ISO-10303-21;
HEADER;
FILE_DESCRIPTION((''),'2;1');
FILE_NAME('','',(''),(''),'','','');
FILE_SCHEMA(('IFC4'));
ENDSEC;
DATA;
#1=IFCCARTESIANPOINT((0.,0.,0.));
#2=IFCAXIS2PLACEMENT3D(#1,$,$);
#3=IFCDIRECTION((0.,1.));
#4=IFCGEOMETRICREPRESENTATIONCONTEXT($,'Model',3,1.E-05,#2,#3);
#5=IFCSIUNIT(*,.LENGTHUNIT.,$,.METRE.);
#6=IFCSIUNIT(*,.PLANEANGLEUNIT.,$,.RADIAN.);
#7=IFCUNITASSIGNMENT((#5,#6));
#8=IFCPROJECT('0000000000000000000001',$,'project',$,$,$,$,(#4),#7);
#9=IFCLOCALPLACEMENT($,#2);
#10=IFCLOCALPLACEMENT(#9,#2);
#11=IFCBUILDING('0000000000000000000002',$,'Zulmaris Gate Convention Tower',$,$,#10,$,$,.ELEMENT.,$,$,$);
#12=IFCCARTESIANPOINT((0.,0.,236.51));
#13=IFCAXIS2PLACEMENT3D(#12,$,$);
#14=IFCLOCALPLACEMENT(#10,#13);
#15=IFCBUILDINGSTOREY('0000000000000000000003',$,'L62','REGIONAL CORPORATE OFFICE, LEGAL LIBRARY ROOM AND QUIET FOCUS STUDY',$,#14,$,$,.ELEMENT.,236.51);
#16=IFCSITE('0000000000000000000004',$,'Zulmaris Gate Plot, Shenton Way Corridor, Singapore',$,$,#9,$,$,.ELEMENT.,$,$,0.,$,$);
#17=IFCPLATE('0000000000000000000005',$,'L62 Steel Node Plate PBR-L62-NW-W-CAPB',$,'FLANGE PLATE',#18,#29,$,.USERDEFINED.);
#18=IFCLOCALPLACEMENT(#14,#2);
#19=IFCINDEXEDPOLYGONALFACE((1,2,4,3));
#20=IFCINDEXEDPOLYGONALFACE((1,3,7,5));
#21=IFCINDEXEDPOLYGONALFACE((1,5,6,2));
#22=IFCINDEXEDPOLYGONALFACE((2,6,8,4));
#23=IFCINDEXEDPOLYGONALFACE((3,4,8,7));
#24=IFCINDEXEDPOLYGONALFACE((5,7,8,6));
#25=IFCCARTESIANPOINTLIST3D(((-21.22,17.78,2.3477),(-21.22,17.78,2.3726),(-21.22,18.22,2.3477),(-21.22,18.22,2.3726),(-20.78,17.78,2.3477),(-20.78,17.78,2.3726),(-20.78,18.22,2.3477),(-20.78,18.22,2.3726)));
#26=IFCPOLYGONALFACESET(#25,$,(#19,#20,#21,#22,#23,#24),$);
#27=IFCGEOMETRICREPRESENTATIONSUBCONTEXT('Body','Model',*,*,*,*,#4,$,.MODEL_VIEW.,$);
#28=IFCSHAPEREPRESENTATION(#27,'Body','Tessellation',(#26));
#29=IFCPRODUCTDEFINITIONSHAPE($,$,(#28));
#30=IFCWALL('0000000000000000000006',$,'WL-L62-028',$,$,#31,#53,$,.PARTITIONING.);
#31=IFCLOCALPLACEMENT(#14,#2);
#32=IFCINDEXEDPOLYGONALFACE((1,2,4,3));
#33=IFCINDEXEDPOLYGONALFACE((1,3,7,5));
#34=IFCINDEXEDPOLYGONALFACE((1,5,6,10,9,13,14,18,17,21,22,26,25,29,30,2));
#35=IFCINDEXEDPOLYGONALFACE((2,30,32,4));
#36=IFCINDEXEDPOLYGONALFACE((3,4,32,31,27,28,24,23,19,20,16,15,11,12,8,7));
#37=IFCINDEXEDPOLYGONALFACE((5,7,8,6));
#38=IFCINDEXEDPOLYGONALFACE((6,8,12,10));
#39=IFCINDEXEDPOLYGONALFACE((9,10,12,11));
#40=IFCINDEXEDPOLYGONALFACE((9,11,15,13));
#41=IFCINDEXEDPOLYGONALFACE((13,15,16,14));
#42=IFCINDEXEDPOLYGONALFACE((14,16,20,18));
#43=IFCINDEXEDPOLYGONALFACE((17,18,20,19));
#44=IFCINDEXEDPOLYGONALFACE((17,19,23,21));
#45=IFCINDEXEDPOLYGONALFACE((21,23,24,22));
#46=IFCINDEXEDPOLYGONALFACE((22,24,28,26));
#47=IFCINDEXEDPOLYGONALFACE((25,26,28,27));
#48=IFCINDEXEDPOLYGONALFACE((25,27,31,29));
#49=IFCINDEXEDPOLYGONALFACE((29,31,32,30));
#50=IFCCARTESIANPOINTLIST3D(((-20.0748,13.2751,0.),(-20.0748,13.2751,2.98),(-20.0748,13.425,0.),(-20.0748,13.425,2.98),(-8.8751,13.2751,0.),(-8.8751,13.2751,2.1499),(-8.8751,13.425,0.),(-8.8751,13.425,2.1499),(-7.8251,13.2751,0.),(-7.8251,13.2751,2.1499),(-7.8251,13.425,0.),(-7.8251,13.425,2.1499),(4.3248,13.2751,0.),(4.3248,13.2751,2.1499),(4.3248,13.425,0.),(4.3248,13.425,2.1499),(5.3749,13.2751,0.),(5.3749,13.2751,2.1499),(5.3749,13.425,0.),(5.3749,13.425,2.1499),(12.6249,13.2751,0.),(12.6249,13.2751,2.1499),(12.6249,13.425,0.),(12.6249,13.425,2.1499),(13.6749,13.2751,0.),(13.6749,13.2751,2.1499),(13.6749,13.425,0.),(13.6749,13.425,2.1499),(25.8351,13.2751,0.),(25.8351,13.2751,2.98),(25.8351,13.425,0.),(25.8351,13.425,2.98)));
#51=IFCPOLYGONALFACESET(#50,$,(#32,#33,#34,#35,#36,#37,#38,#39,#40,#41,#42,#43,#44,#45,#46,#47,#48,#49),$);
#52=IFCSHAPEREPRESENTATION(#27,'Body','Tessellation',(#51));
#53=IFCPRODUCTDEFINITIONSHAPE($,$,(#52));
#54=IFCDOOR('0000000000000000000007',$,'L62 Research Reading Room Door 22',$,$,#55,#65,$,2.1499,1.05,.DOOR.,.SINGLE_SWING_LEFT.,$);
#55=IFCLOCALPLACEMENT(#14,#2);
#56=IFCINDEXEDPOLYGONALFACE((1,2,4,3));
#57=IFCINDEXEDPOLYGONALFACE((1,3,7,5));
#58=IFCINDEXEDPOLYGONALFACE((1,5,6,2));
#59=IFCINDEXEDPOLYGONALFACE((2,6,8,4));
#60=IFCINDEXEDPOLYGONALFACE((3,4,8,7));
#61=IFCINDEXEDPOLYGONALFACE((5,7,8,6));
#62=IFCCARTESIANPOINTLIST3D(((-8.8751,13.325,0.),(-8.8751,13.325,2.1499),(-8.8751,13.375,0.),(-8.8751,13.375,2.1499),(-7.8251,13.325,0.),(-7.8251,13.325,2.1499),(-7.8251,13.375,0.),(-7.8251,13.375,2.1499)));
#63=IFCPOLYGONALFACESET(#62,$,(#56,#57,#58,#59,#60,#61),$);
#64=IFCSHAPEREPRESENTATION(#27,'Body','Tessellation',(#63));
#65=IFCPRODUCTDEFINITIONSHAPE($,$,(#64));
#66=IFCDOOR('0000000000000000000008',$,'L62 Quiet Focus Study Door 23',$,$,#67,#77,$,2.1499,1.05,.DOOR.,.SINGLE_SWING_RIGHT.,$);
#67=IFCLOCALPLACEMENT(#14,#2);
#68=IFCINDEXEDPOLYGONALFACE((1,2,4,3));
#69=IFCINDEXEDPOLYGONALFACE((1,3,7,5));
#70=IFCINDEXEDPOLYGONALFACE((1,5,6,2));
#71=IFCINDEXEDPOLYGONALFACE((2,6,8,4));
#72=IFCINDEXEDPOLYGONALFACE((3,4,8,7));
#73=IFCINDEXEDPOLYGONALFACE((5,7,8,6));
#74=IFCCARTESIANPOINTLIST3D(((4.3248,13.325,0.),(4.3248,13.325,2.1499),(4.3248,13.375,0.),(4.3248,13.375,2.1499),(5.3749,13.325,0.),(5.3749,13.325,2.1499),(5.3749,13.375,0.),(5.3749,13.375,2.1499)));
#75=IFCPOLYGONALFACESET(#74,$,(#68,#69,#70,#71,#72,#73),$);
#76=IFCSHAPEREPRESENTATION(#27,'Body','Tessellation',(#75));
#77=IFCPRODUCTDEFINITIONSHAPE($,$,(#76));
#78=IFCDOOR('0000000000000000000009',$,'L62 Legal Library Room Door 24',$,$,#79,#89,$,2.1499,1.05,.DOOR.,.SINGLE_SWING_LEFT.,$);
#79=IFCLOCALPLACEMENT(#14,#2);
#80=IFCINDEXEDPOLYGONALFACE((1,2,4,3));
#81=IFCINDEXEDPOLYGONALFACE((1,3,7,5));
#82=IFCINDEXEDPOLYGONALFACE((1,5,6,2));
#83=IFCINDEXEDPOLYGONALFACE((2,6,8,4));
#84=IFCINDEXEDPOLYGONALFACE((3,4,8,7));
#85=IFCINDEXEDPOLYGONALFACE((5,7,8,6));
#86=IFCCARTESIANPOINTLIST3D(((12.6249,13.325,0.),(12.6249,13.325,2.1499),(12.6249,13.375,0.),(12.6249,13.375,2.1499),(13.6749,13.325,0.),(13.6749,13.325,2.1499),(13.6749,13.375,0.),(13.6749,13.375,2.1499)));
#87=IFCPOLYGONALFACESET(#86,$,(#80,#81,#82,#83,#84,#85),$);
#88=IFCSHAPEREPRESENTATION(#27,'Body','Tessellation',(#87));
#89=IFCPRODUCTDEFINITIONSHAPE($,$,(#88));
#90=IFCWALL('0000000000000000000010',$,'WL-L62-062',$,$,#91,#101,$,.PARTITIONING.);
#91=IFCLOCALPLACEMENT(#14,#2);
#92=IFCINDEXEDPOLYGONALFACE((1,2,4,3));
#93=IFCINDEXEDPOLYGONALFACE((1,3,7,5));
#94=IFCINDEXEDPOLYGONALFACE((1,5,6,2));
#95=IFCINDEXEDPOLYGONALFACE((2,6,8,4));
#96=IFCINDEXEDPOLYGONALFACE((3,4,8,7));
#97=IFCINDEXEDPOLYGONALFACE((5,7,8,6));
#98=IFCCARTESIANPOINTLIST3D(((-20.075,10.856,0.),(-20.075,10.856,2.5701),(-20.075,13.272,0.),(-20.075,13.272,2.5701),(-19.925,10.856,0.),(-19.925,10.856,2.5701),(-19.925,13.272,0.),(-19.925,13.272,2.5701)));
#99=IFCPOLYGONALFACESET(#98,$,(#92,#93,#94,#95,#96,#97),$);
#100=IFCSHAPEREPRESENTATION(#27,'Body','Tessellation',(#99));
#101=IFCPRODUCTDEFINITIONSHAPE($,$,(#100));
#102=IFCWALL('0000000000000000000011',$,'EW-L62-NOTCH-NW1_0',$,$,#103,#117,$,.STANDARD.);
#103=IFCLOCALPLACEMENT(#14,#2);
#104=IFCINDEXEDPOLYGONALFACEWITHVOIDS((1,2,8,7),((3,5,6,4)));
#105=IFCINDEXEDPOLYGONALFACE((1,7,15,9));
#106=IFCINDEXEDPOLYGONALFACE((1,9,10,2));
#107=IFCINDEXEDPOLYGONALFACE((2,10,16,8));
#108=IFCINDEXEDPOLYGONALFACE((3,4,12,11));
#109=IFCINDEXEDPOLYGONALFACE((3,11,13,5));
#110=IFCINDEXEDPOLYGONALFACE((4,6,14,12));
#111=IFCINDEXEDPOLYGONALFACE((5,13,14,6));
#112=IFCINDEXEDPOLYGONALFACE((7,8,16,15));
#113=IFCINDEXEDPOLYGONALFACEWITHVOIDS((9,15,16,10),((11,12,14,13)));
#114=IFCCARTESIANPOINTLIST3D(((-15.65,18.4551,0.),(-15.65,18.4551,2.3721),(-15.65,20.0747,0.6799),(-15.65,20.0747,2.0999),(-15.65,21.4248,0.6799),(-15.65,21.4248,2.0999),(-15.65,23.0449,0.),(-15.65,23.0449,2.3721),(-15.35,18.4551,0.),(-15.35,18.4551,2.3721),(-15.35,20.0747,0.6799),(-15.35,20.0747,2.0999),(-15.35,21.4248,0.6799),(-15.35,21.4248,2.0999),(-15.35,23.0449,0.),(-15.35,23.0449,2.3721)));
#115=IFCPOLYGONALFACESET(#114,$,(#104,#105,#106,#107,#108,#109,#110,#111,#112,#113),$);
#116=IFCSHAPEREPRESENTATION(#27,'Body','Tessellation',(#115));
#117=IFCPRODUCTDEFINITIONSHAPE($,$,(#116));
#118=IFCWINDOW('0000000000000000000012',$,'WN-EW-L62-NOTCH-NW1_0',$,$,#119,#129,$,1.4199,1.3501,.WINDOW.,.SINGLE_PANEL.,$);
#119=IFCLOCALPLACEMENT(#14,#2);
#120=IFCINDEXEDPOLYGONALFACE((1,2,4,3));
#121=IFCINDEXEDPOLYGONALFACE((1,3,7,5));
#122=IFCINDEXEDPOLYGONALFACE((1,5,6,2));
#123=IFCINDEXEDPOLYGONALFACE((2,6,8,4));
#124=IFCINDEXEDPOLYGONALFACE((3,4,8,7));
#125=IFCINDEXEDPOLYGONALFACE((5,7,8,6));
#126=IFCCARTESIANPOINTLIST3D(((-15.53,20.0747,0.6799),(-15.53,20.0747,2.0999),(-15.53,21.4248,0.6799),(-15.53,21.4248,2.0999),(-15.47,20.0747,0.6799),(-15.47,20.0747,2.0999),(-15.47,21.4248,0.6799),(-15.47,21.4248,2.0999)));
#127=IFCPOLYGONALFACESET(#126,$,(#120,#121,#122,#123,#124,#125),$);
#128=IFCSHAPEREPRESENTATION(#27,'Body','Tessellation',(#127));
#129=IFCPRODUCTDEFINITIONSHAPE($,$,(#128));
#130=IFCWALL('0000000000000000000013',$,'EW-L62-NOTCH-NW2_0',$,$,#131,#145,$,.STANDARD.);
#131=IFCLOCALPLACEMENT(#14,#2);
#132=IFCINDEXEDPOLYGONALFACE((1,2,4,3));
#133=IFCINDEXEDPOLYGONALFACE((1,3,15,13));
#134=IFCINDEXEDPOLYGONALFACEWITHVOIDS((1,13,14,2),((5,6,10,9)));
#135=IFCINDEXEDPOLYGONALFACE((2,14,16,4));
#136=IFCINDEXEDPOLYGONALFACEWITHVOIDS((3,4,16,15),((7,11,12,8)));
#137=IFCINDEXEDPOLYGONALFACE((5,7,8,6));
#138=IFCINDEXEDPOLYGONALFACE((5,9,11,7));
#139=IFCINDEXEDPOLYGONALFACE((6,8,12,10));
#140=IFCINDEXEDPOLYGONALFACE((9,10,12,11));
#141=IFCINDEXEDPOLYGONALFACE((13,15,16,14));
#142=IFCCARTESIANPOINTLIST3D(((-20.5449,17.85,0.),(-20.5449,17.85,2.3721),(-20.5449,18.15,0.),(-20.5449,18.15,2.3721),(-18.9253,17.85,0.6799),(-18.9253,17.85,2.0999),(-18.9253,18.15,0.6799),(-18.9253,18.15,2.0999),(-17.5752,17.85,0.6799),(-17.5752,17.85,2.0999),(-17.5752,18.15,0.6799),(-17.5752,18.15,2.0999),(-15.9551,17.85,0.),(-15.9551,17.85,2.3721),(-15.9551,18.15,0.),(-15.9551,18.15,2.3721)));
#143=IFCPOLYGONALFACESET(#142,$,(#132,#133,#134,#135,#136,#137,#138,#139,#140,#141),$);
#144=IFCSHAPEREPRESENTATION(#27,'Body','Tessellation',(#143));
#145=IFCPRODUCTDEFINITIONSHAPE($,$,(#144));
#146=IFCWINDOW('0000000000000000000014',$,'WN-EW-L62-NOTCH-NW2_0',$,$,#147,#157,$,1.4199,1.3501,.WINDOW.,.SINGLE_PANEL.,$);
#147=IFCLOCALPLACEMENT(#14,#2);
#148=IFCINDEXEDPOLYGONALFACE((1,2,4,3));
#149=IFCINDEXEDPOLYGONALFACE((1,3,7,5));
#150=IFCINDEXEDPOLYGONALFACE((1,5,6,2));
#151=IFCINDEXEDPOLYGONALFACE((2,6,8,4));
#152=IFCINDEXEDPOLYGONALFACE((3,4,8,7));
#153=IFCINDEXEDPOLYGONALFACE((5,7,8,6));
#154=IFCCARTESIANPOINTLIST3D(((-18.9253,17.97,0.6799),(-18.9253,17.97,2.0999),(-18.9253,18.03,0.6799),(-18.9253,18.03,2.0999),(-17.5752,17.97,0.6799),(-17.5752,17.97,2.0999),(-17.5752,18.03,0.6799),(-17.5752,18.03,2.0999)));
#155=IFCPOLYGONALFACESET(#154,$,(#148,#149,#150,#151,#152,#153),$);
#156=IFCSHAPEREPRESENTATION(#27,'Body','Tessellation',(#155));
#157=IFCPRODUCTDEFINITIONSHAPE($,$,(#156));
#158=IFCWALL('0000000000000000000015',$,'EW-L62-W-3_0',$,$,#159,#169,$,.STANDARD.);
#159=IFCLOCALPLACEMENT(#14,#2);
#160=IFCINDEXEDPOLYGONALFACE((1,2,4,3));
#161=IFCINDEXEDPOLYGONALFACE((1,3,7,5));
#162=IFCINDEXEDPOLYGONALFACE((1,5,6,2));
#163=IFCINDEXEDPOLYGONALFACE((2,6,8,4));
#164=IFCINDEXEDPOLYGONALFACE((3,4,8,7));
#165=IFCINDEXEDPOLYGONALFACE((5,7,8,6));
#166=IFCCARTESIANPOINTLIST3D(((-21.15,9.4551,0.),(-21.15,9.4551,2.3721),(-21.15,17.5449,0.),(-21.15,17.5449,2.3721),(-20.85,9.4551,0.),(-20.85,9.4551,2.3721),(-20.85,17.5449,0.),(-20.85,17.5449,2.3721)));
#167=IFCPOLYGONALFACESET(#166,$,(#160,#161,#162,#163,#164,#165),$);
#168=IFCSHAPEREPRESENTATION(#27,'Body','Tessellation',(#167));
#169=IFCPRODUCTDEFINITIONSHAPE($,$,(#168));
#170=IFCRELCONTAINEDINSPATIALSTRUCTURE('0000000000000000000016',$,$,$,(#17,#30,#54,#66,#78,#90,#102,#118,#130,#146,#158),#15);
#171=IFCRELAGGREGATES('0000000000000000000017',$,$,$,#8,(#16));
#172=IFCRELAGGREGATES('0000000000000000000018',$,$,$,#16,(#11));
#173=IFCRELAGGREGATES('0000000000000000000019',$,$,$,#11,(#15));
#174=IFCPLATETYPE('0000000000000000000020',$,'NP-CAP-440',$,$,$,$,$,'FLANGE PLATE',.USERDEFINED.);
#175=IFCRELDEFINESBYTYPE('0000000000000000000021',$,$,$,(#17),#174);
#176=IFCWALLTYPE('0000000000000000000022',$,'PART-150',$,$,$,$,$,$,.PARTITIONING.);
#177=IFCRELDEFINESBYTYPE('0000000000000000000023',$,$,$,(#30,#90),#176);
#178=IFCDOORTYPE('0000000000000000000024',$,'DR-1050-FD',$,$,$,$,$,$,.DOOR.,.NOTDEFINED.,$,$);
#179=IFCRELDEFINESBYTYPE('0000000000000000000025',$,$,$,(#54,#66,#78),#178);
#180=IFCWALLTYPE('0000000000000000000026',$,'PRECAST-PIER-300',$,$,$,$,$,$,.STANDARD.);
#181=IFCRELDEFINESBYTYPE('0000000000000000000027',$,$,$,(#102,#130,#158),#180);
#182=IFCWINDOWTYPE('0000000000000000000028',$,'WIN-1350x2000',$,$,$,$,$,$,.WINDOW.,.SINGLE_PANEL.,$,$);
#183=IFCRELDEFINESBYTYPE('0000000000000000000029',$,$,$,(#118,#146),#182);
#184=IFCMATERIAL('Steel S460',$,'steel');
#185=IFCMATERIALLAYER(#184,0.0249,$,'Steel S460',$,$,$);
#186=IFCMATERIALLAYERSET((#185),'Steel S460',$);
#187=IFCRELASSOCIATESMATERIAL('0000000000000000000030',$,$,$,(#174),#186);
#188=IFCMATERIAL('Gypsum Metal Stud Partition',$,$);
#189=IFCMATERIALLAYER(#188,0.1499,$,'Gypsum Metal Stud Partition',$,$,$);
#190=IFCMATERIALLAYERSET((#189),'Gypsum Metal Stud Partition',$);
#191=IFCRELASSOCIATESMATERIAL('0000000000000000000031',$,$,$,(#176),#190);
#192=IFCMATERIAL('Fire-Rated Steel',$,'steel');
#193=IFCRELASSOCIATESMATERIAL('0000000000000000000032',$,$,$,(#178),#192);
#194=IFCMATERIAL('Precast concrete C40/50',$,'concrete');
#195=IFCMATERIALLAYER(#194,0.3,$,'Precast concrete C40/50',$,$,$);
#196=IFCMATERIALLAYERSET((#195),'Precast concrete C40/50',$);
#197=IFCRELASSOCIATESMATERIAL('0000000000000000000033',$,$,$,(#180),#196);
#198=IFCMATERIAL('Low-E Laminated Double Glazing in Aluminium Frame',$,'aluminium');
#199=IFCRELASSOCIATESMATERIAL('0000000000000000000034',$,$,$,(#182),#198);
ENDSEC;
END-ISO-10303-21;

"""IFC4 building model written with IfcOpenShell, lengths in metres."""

from ifc_helpers import new_model, si_unit, direction, frame, frame_2d, origin, origin_2d, place, context, subcontext, project, spatial, rectangle, extrude, material, layer, layer_set, type_object, element, fill, save


model = new_model("IFC4")

# Units and contexts
model_context = context("Model", 3, precision=1e-05, world=origin(), true_north=direction((0.0, 1.0)))
body_context = subcontext(model_context, "Body", "Model", "MODEL_VIEW")
ifc_project = project(units=[si_unit("LENGTHUNIT", "METRE"), si_unit("PLANEANGLEUNIT", "RADIAN")], contexts=[model_context])

# Site, building, storey
site_placement = place(None, origin())
site = spatial("IfcSite", under=ifc_project, at=site_placement, Name="Zulmaris Gate Plot, Shenton Way Corridor, Singapore", CompositionType="ELEMENT", RefElevation=0.0)
building_placement = place(site_placement, origin())
building = spatial("IfcBuilding", under=site, at=building_placement, Name="Zulmaris Gate Convention Tower", CompositionType="ELEMENT")
storey_placement = place(building_placement, frame((0.0, 0.0, 236.51)))
storey = spatial("IfcBuildingStorey", under=building, at=storey_placement, Name="L62", Description="REGIONAL CORPORATE OFFICE, LEGAL LIBRARY ROOM AND QUIET FOCUS STUDY", CompositionType="ELEMENT", Elevation=236.51)

# Plate
ifc_material_1 = material(Name="Steel S460", Category="steel")
ifc_layer_1 = layer(ifc_material_1, 0.0249, Name="Steel S460")
ifc_layer_set_1 = layer_set([ifc_layer_1], Name="Steel S460")
plate_type = type_object("IfcPlateType", Name="NP-CAP-440", ElementType="FLANGE PLATE", PredefinedType="USERDEFINED", material=ifc_layer_set_1)
plate_placement = place(storey_placement, frame((-21.0, 18.0, 2.3477), z_axis=(0.0, 0.0, 1.0), x_axis=(1.0, 0.0, 0.0)))
element("IfcPlate", 1, at=plate_placement, inside=storey, type_object=plate_type, Name="L62 Steel Node Plate PBR-L62-NW-W-CAPB", ObjectType="FLANGE PLATE", PredefinedType="USERDEFINED", context=body_context, shape_type="SweptSolid", body=[
    extrude(rectangle(XDim=0.4399, YDim=0.4399, at=origin_2d()), origin(), (0.0, 0.0, 1.0), 0.0249),
])

# Shared definitions
ifc_material_2 = material(Name="Fire-Rated Steel", Category="steel")

# Wall, openings, doors
ifc_material_3 = material(Name="Gypsum Metal Stud Partition")
ifc_layer_2 = layer(ifc_material_3, 0.1499, Name="Gypsum Metal Stud Partition")
ifc_layer_set_2 = layer_set([ifc_layer_2], Name="Gypsum Metal Stud Partition")
wall_type_1 = type_object("IfcWallType", Name="PART-150", PredefinedType="PARTITIONING", material=ifc_layer_set_2)
wall_1_placement = place(storey_placement, frame((-20.075, 13.3501, 0.0), z_axis=(0.0, 0.0, 1.0), x_axis=(1.0, 0.0, 0.0)))
wall_1 = element("IfcWall", 2, at=wall_1_placement, inside=storey, type_object=wall_type_1, Name="WL-L62-028", PredefinedType="PARTITIONING", context=body_context, shape_type="SweptSolid", body=[
    extrude(rectangle(XDim=45.9099, YDim=0.1499, at=frame_2d((22.9551, 0.0))), origin(), (0.0, 0.0, 1.0), 2.98),
])
opening_1_placement = place(wall_1_placement, frame((11.2, 0.0, 0.0)))
opening_1 = element("IfcOpeningElement", 3, at=opening_1_placement, cuts=wall_1, PredefinedType="OPENING", context=body_context, shape_type="SweptSolid", body=[
    extrude(rectangle(XDim=1.05, YDim=2.1499, at=frame_2d((0.5249, 1.075))), frame((0.0, 0.085, 0.0), z_axis=(0.0, -1.0, 0.0), x_axis=(1.0, 0.0, 0.0)), (0.0, 0.0, 1.0), 0.1699),
])
opening_2_placement = place(wall_1_placement, frame((24.3999, 0.0, 0.0)))
opening_2 = element("IfcOpeningElement", 4, at=opening_2_placement, cuts=wall_1, PredefinedType="OPENING", context=body_context, shape_type="SweptSolid", body=[
    extrude(rectangle(XDim=1.05, YDim=2.1499, at=frame_2d((0.5249, 1.075))), frame((0.0, 0.085, 0.0), z_axis=(0.0, -1.0, 0.0), x_axis=(1.0, 0.0, 0.0)), (0.0, 0.0, 1.0), 0.1699),
])
opening_3_placement = place(wall_1_placement, frame((32.7, 0.0, 0.0)))
opening_3 = element("IfcOpeningElement", 5, at=opening_3_placement, cuts=wall_1, PredefinedType="OPENING", context=body_context, shape_type="SweptSolid", body=[
    extrude(rectangle(XDim=1.05, YDim=2.1499, at=frame_2d((0.5249, 1.075))), frame((0.0, 0.085, 0.0), z_axis=(0.0, -1.0, 0.0), x_axis=(1.0, 0.0, 0.0)), (0.0, 0.0, 1.0), 0.1699),
])
door_type_1 = type_object("IfcDoorType", Name="DR-1050-FD", OperationType="NOTDEFINED", PredefinedType="DOOR", material=ifc_material_2)
door_1_placement = place(opening_1_placement, origin())
door_1 = element("IfcDoor", 6, at=door_1_placement, inside=storey, type_object=door_type_1, Name="L62 Research Reading Room Door 22", OperationType="SINGLE_SWING_LEFT", OverallHeight=2.1499, OverallWidth=1.05, PredefinedType="DOOR", context=body_context, shape_type="SweptSolid", body=[
    extrude(rectangle(XDim=1.05, YDim=2.1499, at=frame_2d((0.5249, 1.075))), frame((0.0, 0.0249, 0.0), z_axis=(0.0, -1.0, 0.0), x_axis=(1.0, 0.0, 0.0)), (0.0, 0.0, 1.0), 0.05),
])
fill(opening_1, door_1)
door_2_placement = place(opening_2_placement, origin())
door_2 = element("IfcDoor", 7, at=door_2_placement, inside=storey, type_object=door_type_1, Name="L62 Quiet Focus Study Door 23", OperationType="SINGLE_SWING_RIGHT", OverallHeight=2.1499, OverallWidth=1.05, PredefinedType="DOOR", context=body_context, shape_type="SweptSolid", body=[
    extrude(rectangle(XDim=1.05, YDim=2.1499, at=frame_2d((0.5249, 1.075))), frame((0.0, 0.0249, 0.0), z_axis=(0.0, -1.0, 0.0), x_axis=(1.0, 0.0, 0.0)), (0.0, 0.0, 1.0), 0.05),
])
fill(opening_2, door_2)
door_3_placement = place(opening_3_placement, origin())
door_3 = element("IfcDoor", 8, at=door_3_placement, inside=storey, type_object=door_type_1, Name="L62 Legal Library Room Door 24", OperationType="SINGLE_SWING_LEFT", OverallHeight=2.1499, OverallWidth=1.05, PredefinedType="DOOR", context=body_context, shape_type="SweptSolid", body=[
    extrude(rectangle(XDim=1.05, YDim=2.1499, at=frame_2d((0.5249, 1.075))), frame((0.0, 0.0249, 0.0), z_axis=(0.0, -1.0, 0.0), x_axis=(1.0, 0.0, 0.0)), (0.0, 0.0, 1.0), 0.05),
])
fill(opening_3, door_3)

# Wall
wall_2_placement = place(storey_placement, frame((-20.0, 10.856, 0.0), z_axis=(0.0, 0.0, 1.0), x_axis=(0.0, 1.0, 0.0)))
element("IfcWall", 9, at=wall_2_placement, inside=storey, type_object=wall_type_1, Name="WL-L62-062", PredefinedType="PARTITIONING", context=body_context, shape_type="SweptSolid", body=[
    extrude(rectangle(XDim=2.416, YDim=0.1499, at=frame_2d((1.208, 0.0))), origin(), (0.0, 0.0, 1.0), 2.5701),
])

# Walls, openings, windows
ifc_material_4 = material(Name="Precast concrete C40/50", Category="concrete")
ifc_layer_3 = layer(ifc_material_4, 0.3, Name="Precast concrete C40/50")
ifc_layer_set_3 = layer_set([ifc_layer_3], Name="Precast concrete C40/50")
wall_type_2 = type_object("IfcWallType", Name="PRECAST-PIER-300", PredefinedType="STANDARD", material=ifc_layer_set_3)
wall_3_placement = place(storey_placement, frame((-15.5, 23.0449, 0.0), z_axis=(0.0, 0.0, 1.0), x_axis=(0.0, -1.0, 0.0)))
wall_3 = element("IfcWall", 10, at=wall_3_placement, inside=storey, type_object=wall_type_2, Name="EW-L62-NOTCH-NW1_0", PredefinedType="STANDARD", context=body_context, shape_type="SweptSolid", body=[
    extrude(rectangle(XDim=4.5898, YDim=0.3, at=frame_2d((2.2949, 0.0))), origin(), (0.0, 0.0, 1.0), 2.3721),
])
opening_4_placement = place(wall_3_placement, frame((1.6201, 0.0, 0.6799)))
opening_4 = element("IfcOpeningElement", 11, at=opening_4_placement, cuts=wall_3, PredefinedType="OPENING", context=body_context, shape_type="SweptSolid", body=[
    extrude(rectangle(XDim=1.3501, YDim=1.4199, at=frame_2d((0.675, 0.71))), frame((0.0, 0.1602, 0.0), z_axis=(0.0, -1.0, 0.0), x_axis=(1.0, 0.0, 0.0)), (0.0, 0.0, 1.0), 0.3201),
])
ifc_material_5 = material(Name="Low-E Laminated Double Glazing in Aluminium Frame", Category="aluminium")
window_type = type_object("IfcWindowType", Name="WIN-1350x2000", PartitioningType="SINGLE_PANEL", PredefinedType="WINDOW", material=ifc_material_5)
window_1_placement = place(opening_4_placement, origin())
window_1 = element("IfcWindow", 12, at=window_1_placement, inside=storey, type_object=window_type, Name="WN-EW-L62-NOTCH-NW1_0", OverallHeight=1.4199, OverallWidth=1.3501, PartitioningType="SINGLE_PANEL", PredefinedType="WINDOW", context=body_context, shape_type="SweptSolid", body=[
    extrude(rectangle(XDim=1.3501, YDim=1.4199, at=frame_2d((0.675, 0.71))), frame((0.0, 0.03, 0.0), z_axis=(0.0, -1.0, 0.0), x_axis=(1.0, 0.0, 0.0)), (0.0, 0.0, 1.0), 0.0601),
])
fill(opening_4, window_1)
wall_4_placement = place(storey_placement, frame((-15.9551, 18.0, 0.0), z_axis=(0.0, 0.0, 1.0), x_axis=(-1.0, 0.0, 0.0)))
wall_4 = element("IfcWall", 13, at=wall_4_placement, inside=storey, type_object=wall_type_2, Name="EW-L62-NOTCH-NW2_0", PredefinedType="STANDARD", context=body_context, shape_type="SweptSolid", body=[
    extrude(rectangle(XDim=4.5898, YDim=0.3, at=frame_2d((2.2949, 0.0))), origin(), (0.0, 0.0, 1.0), 2.3721),
])
opening_5_placement = place(wall_4_placement, frame((1.6201, 0.0, 0.6799)))
opening_5 = element("IfcOpeningElement", 14, at=opening_5_placement, cuts=wall_4, PredefinedType="OPENING", context=body_context, shape_type="SweptSolid", body=[
    extrude(rectangle(XDim=1.3501, YDim=1.4199, at=frame_2d((0.675, 0.71))), frame((0.0, 0.1602, 0.0), z_axis=(0.0, -1.0, 0.0), x_axis=(1.0, 0.0, 0.0)), (0.0, 0.0, 1.0), 0.3201),
])
window_2_placement = place(opening_5_placement, origin())
window_2 = element("IfcWindow", 15, at=window_2_placement, inside=storey, type_object=window_type, Name="WN-EW-L62-NOTCH-NW2_0", OverallHeight=1.4199, OverallWidth=1.3501, PartitioningType="SINGLE_PANEL", PredefinedType="WINDOW", context=body_context, shape_type="SweptSolid", body=[
    extrude(rectangle(XDim=1.3501, YDim=1.4199, at=frame_2d((0.675, 0.71))), frame((0.0, 0.03, 0.0), z_axis=(0.0, -1.0, 0.0), x_axis=(1.0, 0.0, 0.0)), (0.0, 0.0, 1.0), 0.0601),
])
fill(opening_5, window_2)

# Wall
wall_5_placement = place(storey_placement, frame((-21.0, 17.5449, 0.0), z_axis=(0.0, 0.0, 1.0), x_axis=(0.0, -1.0, 0.0)))
element("IfcWall", 16, at=wall_5_placement, inside=storey, type_object=wall_type_2, Name="EW-L62-W-3_0", PredefinedType="STANDARD", context=body_context, shape_type="SweptSolid", body=[
    extrude(rectangle(XDim=8.0898, YDim=0.3, at=frame_2d((4.0449, 0.0))), origin(), (0.0, 0.0, 1.0), 2.3721),
])

save(model, "model.ifc")
